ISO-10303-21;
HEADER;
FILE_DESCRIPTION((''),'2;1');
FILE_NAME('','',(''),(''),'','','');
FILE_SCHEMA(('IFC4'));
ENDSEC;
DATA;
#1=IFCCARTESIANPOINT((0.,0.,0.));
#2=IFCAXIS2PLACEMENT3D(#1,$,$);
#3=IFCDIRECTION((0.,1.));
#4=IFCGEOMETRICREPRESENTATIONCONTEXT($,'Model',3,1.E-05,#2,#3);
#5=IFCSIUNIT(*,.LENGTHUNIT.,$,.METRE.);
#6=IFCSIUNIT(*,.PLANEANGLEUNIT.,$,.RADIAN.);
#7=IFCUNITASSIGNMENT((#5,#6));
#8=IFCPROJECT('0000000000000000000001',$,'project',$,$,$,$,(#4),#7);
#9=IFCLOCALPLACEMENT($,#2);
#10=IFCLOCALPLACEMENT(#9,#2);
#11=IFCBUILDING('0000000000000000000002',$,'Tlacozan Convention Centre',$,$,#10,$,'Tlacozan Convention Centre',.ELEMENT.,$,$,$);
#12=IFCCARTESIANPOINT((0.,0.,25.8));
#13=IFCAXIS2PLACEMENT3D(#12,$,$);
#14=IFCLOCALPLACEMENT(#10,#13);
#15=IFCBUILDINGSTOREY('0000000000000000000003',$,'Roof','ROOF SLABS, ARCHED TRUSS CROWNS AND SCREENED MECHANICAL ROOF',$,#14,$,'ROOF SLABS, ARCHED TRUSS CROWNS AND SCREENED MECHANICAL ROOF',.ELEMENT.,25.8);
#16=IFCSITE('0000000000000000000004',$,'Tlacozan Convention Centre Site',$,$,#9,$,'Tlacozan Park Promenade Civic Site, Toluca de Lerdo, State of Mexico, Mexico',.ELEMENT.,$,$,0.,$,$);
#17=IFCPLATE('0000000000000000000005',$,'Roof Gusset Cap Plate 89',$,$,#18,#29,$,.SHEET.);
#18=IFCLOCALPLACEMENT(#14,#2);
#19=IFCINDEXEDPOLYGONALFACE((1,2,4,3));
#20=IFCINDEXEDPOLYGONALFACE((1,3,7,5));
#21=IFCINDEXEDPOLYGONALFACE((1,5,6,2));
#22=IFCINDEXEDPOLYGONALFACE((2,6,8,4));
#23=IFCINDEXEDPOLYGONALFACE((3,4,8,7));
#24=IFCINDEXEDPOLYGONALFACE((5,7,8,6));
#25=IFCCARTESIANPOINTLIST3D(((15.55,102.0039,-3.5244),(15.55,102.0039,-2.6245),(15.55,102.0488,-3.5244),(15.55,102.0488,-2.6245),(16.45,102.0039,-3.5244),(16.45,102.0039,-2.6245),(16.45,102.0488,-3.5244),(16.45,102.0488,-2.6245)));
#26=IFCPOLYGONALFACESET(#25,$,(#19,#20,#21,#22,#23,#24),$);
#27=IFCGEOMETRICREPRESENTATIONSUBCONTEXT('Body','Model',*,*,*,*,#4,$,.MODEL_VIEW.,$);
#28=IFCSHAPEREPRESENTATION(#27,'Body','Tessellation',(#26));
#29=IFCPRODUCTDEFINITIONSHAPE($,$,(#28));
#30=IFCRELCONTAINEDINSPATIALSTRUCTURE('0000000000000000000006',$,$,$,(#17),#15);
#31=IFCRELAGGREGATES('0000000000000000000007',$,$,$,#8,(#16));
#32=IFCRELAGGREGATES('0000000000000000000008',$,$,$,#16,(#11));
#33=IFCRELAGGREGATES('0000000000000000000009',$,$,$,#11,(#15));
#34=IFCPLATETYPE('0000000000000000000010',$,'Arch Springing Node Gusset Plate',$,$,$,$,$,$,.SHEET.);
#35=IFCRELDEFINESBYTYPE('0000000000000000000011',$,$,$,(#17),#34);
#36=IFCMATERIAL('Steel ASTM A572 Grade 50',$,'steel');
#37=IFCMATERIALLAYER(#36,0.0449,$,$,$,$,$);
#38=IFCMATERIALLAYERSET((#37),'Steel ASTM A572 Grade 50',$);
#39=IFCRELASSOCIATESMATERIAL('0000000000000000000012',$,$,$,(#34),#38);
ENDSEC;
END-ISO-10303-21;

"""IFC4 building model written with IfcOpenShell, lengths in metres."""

from ifc_helpers import new_model, si_unit, direction, frame, origin, origin_2d, place, context, subcontext, project, spatial, rectangle, extrude, material, layer, layer_set, type_object, element, save


model = new_model("IFC4")

# Units and contexts
model_context = context("Model", 3, precision=1e-05, world=origin(), true_north=direction((0.0, 1.0)))
body_context = subcontext(model_context, "Body", "Model", "MODEL_VIEW")
ifc_project = project(units=[si_unit("LENGTHUNIT", "METRE"), si_unit("PLANEANGLEUNIT", "RADIAN")], contexts=[model_context])

# Site, building, storey
site_placement = place(None, origin())
site = spatial("IfcSite", under=ifc_project, at=site_placement, Name="Tlacozan Convention Centre Site", LongName="Tlacozan Park Promenade Civic Site, Toluca de Lerdo, State of Mexico, Mexico", CompositionType="ELEMENT", RefElevation=0.0)
building_placement = place(site_placement, origin())
building = spatial("IfcBuilding", under=site, at=building_placement, Name="Tlacozan Convention Centre", LongName="Tlacozan Convention Centre", CompositionType="ELEMENT")
storey_placement = place(building_placement, frame((0.0, 0.0, 25.8)))
storey = spatial("IfcBuildingStorey", under=building, at=storey_placement, Name="Roof", Description="ROOF SLABS, ARCHED TRUSS CROWNS AND SCREENED MECHANICAL ROOF", LongName="ROOF SLABS, ARCHED TRUSS CROWNS AND SCREENED MECHANICAL ROOF", CompositionType="ELEMENT", Elevation=25.8)

# Plate
ifc_material_1 = material(Name="Steel ASTM A572 Grade 50", Category="steel")
ifc_layer = layer(ifc_material_1, 0.0449)
ifc_layer_set = layer_set([ifc_layer], Name="Steel ASTM A572 Grade 50")
plate_type = type_object("IfcPlateType", Name="Arch Springing Node Gusset Plate", PredefinedType="SHEET", material=ifc_layer_set)
for number, where, z_axis, x_axis, name in (
    (1, (16.0, 102.0264, -3.5244), (0.0, 0.0, 1.0), (0.0, 1.0, 0.0), "Roof Gusset Cap Plate 89"),
):
    element("IfcPlate", number, at=place(storey_placement, frame(where, z_axis=z_axis, x_axis=x_axis)), inside=storey, type_object=plate_type, Name=name, PredefinedType="SHEET", context=body_context, shape_type="SweptSolid", body=[
        extrude(rectangle(XDim=0.0449, YDim=0.8999, at=origin_2d()), origin(), (0.0, 0.0, 1.0), 0.8999),
    ])

save(model, "model.ifc")
